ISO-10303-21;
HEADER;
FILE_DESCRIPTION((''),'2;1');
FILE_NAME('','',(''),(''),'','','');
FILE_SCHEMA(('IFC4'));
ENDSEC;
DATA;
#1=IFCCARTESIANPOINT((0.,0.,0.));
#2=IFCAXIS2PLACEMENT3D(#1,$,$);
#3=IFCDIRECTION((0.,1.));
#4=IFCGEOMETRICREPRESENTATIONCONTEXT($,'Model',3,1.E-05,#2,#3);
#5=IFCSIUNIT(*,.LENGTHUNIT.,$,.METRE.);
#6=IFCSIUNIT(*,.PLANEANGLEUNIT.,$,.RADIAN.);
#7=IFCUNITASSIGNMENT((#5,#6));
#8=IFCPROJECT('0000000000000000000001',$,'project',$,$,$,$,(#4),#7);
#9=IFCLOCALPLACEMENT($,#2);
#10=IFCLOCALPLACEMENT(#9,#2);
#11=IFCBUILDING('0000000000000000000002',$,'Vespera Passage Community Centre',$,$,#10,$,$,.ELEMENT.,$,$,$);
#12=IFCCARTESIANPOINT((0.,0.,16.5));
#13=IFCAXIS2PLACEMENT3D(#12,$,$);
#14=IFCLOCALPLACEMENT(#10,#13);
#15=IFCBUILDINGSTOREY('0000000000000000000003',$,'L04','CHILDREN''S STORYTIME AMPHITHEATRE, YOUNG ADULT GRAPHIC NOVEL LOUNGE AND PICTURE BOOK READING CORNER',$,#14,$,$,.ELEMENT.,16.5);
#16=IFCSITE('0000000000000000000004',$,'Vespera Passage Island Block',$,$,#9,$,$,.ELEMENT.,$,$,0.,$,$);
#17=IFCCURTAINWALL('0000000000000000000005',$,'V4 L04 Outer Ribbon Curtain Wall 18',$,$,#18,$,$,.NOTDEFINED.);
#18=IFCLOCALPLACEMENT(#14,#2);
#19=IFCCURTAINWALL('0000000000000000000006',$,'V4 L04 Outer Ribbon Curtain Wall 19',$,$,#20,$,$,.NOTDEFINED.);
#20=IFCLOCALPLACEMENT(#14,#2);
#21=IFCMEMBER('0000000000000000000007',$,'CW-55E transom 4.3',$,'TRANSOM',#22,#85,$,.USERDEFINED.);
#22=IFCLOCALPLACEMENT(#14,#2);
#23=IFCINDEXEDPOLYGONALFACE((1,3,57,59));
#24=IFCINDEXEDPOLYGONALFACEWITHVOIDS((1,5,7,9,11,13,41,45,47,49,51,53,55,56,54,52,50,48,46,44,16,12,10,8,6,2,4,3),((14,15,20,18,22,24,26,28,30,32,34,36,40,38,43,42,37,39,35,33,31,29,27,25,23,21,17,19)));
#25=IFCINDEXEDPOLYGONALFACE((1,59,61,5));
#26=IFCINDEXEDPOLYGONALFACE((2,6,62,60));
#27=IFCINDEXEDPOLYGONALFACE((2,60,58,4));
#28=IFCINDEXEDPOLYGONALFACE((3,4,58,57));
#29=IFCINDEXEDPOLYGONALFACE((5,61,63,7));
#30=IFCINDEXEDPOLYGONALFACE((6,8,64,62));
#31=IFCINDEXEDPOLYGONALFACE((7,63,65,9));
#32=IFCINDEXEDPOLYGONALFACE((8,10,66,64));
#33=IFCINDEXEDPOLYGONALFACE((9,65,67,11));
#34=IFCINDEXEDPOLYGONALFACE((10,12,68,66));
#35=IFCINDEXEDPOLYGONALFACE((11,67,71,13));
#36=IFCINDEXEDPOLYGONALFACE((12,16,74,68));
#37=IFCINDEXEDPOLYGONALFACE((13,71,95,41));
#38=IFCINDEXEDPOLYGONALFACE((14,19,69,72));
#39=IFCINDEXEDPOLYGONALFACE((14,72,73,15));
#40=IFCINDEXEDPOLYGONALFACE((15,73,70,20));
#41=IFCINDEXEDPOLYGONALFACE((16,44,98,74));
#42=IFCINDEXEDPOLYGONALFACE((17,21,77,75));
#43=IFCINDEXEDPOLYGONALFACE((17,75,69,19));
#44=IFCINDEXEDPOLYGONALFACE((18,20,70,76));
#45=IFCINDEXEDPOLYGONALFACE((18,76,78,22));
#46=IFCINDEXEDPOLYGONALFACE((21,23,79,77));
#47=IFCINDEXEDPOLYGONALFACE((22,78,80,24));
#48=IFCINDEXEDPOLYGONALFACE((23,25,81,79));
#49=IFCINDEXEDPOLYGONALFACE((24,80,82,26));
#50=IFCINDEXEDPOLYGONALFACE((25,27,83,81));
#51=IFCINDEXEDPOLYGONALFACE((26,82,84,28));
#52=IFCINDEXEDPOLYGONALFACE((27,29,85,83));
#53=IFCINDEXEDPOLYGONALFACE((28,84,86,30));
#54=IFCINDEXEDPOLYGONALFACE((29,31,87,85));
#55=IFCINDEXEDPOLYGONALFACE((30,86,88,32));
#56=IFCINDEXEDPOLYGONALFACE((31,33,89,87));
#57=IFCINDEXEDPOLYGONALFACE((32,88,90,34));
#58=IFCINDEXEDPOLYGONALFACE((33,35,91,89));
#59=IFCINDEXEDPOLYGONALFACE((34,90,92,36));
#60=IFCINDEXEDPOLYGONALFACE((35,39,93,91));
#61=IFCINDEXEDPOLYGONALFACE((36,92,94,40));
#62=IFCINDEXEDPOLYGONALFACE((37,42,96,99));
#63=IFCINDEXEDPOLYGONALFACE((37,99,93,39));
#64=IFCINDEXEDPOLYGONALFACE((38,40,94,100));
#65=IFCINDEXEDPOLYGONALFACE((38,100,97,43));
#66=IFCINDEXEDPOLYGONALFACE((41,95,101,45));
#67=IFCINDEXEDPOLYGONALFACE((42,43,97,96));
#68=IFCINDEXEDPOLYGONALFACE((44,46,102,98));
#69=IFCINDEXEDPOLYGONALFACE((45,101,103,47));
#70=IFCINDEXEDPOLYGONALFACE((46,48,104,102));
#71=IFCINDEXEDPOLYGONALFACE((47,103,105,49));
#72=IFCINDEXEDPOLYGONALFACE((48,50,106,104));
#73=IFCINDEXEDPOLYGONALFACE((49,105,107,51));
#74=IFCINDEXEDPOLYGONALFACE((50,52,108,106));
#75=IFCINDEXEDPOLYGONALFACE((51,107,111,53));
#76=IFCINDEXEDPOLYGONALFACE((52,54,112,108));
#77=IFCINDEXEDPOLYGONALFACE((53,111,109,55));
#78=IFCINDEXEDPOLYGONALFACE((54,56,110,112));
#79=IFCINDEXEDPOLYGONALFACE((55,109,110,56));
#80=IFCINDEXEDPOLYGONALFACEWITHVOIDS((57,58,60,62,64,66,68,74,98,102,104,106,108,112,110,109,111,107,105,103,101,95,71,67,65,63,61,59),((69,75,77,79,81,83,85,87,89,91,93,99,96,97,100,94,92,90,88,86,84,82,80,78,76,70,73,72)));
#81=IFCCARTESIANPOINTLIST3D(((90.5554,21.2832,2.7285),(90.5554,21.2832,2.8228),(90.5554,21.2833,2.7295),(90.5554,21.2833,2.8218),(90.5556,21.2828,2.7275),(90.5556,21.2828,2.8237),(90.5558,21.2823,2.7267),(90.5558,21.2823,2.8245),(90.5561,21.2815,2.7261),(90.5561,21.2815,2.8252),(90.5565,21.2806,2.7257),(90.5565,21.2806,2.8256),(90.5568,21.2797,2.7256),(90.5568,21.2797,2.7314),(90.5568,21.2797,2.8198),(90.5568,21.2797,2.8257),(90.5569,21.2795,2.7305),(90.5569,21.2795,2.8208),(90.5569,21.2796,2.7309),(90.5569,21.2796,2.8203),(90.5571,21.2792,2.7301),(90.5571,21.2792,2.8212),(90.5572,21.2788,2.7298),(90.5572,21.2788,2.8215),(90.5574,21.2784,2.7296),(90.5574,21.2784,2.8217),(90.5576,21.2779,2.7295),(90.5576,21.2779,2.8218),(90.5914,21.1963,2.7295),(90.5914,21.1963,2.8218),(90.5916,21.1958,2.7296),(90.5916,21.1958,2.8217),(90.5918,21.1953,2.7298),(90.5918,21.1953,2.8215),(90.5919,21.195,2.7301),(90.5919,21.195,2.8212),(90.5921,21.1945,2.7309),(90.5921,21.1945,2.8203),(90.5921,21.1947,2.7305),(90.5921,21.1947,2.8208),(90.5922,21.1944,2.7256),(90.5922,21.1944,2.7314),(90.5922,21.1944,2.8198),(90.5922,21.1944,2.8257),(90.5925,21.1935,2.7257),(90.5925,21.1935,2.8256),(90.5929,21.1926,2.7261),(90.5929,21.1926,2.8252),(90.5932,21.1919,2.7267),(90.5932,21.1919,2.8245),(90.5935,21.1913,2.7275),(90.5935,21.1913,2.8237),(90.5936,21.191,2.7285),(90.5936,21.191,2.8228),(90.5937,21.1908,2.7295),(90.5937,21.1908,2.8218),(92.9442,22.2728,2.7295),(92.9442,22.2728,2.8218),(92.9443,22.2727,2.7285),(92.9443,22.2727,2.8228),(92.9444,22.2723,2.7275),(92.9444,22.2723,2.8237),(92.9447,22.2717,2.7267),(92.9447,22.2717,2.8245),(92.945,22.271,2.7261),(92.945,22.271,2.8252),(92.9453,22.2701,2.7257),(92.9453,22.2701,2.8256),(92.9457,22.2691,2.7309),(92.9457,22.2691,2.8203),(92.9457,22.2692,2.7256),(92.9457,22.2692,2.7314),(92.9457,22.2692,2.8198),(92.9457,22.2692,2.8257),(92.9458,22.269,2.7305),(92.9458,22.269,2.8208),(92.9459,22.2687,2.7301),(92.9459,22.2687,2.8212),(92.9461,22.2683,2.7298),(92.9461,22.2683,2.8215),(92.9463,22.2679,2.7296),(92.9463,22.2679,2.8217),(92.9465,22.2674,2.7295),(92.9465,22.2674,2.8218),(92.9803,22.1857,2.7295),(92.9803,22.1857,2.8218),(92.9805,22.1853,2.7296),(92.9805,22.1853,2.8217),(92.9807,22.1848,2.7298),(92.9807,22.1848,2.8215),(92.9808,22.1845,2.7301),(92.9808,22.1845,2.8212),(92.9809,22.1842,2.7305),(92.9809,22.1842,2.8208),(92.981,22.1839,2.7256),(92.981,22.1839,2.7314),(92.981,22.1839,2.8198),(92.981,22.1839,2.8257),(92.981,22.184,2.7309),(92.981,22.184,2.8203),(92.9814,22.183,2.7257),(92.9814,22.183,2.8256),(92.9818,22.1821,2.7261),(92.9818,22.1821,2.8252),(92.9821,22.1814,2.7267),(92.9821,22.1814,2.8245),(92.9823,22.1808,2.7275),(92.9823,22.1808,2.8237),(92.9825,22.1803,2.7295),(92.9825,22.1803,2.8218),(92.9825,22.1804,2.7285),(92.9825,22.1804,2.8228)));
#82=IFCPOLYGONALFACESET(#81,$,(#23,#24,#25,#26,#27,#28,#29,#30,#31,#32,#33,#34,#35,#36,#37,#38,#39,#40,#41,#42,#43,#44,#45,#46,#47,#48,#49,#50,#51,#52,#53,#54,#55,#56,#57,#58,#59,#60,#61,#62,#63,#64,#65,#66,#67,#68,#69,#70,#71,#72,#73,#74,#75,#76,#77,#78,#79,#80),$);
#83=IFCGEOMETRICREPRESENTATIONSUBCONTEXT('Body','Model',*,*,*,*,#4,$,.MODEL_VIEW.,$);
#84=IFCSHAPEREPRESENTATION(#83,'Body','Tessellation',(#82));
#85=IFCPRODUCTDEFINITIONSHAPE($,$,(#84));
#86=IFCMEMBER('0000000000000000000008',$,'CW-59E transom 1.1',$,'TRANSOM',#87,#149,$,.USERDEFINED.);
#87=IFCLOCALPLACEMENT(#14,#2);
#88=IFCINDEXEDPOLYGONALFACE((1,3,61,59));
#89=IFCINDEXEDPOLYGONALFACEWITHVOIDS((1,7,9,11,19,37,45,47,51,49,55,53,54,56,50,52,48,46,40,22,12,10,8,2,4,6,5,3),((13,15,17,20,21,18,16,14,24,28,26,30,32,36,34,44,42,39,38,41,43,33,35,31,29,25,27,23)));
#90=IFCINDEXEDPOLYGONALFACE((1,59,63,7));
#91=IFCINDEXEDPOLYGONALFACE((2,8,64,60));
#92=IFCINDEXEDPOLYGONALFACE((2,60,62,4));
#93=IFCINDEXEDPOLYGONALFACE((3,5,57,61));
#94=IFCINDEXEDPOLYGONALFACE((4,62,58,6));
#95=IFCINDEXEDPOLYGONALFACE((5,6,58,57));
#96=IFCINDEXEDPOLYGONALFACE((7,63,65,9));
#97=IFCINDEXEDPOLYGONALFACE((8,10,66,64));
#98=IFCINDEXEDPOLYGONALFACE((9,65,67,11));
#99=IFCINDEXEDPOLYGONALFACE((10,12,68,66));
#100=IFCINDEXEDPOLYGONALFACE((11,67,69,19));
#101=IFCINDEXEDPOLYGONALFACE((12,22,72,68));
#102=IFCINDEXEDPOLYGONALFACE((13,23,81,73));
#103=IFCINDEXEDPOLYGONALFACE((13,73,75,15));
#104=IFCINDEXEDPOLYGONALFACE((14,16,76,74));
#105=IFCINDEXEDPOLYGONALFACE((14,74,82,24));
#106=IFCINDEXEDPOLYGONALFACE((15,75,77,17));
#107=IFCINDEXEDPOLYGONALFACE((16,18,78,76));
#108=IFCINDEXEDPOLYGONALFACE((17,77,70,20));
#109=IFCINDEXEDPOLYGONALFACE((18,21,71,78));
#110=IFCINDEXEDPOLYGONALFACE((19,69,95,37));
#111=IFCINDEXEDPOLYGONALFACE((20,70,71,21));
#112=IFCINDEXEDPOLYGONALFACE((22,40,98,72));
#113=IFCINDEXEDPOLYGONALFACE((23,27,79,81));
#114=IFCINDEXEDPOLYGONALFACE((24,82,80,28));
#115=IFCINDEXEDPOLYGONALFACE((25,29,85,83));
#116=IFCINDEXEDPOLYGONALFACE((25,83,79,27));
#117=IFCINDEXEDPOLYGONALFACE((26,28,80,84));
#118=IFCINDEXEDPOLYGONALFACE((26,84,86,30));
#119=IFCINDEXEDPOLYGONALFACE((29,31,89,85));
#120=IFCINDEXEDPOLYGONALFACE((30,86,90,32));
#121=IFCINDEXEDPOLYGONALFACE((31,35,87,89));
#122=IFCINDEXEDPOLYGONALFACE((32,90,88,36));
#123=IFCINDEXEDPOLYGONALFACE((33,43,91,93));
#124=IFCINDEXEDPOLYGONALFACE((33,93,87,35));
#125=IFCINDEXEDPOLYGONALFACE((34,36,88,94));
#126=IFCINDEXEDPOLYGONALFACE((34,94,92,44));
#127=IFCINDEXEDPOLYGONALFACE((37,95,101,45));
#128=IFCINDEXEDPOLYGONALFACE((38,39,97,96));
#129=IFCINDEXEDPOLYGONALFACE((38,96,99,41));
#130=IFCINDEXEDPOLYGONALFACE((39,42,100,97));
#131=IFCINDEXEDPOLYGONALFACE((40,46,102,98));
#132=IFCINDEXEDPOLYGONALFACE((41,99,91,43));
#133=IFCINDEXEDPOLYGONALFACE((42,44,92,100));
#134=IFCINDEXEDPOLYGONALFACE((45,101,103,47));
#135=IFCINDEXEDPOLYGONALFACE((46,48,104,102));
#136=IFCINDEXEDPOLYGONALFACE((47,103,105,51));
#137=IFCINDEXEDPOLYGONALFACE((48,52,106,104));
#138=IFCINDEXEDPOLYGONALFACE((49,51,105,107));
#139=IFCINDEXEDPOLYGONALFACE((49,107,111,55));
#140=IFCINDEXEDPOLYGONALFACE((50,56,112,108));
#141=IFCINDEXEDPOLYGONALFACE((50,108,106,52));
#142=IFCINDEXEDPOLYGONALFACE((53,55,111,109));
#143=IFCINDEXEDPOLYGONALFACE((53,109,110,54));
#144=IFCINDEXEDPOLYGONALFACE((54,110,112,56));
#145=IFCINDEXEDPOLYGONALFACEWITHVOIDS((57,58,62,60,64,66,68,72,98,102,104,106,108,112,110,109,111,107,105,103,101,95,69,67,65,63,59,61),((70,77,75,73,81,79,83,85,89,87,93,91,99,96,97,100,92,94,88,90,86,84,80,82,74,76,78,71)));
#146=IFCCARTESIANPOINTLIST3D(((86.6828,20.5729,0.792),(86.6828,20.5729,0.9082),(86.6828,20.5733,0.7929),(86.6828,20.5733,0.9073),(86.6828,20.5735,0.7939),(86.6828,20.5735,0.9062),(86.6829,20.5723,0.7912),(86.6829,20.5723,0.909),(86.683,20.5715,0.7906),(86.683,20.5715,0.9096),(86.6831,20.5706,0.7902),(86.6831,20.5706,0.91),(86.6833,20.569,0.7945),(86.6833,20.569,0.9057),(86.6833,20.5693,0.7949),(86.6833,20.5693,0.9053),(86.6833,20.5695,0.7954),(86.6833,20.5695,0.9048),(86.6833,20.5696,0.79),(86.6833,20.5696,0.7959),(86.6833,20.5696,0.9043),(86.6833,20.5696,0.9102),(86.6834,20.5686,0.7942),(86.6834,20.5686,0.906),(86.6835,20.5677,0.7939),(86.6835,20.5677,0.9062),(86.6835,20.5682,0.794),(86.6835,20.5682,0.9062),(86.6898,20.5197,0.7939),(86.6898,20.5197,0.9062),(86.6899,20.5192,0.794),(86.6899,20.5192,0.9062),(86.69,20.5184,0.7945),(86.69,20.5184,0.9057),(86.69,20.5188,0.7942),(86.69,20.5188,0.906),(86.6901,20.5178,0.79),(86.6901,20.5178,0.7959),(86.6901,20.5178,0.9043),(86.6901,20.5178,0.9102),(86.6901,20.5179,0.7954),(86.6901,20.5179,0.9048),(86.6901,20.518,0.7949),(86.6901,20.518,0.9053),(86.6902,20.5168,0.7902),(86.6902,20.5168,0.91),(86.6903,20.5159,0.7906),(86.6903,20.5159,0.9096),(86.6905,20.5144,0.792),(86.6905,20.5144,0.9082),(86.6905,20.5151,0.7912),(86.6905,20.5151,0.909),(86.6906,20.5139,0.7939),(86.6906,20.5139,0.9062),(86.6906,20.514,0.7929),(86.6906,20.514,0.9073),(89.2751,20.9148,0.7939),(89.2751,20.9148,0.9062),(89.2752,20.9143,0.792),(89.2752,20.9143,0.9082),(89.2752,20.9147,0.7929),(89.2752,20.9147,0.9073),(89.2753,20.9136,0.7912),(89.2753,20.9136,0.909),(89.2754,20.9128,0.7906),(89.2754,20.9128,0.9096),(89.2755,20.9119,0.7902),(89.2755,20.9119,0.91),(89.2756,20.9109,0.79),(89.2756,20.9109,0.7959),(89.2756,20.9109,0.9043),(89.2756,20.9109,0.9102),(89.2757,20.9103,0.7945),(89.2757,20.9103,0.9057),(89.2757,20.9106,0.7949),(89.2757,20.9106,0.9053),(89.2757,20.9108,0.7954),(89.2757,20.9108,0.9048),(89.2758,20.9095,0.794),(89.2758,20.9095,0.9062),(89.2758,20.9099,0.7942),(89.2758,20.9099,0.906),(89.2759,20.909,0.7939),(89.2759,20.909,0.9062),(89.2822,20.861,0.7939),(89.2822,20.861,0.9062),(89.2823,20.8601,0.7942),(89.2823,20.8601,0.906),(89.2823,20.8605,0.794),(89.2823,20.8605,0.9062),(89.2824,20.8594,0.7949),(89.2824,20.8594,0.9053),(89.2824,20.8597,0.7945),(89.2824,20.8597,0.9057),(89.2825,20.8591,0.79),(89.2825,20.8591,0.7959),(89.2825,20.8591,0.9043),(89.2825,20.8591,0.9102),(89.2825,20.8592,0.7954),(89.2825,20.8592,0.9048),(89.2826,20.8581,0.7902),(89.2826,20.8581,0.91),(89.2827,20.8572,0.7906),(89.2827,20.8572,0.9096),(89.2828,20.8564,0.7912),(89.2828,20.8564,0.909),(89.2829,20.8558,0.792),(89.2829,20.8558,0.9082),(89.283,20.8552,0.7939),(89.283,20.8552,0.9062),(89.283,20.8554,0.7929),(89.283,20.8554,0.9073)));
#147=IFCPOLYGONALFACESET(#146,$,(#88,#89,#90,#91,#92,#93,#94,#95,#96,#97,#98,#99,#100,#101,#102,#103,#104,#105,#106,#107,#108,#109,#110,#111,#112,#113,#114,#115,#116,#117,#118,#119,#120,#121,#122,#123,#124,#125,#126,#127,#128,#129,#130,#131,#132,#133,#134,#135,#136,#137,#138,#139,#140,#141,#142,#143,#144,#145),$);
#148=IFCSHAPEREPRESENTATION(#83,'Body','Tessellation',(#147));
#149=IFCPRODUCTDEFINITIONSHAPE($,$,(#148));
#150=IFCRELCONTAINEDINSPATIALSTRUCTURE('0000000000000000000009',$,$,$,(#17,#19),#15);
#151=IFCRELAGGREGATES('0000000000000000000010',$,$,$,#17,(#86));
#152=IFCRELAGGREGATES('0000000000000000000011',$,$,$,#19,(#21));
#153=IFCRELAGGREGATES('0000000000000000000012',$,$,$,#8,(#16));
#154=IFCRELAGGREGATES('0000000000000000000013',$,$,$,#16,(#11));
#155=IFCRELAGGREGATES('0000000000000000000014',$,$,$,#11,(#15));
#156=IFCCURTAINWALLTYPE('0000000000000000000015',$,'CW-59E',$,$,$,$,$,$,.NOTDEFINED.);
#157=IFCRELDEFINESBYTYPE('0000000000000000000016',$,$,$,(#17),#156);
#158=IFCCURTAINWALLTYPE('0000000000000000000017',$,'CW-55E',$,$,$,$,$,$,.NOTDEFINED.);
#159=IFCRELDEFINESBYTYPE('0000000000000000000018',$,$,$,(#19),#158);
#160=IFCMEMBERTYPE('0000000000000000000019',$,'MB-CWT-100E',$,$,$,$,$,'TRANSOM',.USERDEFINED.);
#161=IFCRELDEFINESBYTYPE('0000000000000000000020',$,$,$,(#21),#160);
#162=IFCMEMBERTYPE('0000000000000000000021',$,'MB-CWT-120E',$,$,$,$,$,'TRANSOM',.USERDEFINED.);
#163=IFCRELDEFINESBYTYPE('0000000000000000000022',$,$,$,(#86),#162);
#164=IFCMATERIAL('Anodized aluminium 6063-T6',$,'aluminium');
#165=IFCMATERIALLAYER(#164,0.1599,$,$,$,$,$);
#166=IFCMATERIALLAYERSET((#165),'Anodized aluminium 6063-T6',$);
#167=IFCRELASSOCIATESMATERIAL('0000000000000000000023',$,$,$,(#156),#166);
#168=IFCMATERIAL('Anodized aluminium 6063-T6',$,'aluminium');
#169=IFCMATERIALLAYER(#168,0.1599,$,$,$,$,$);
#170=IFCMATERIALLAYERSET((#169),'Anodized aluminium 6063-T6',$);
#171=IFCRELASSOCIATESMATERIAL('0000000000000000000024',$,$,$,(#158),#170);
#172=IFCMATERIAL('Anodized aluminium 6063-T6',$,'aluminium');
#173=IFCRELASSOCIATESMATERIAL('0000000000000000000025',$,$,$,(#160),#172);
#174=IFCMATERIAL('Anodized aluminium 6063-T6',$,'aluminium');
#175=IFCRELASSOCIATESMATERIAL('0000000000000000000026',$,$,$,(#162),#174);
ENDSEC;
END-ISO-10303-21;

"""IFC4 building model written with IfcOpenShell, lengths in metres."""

from ifc_helpers import new_model, si_unit, direction, frame, origin, origin_2d, place, context, subcontext, project, spatial, hollow_rectangle, extrude, material, layer, layer_set, material_profile, profile_set, type_object, element, aggregate, save


model = new_model("IFC4")

# Units and contexts
model_context = context("Model", 3, precision=1e-05, world=origin(), true_north=direction((0.0, 1.0)))
body_context = subcontext(model_context, "Body", "Model", "MODEL_VIEW")
ifc_project = project(units=[si_unit("LENGTHUNIT", "METRE"), si_unit("PLANEANGLEUNIT", "RADIAN")], contexts=[model_context])

# Site, building, storey
site_placement = place(None, origin())
site = spatial("IfcSite", under=ifc_project, at=site_placement, Name="Vespera Passage Island Block", CompositionType="ELEMENT", RefElevation=0.0)
building_placement = place(site_placement, origin())
building = spatial("IfcBuilding", under=site, at=building_placement, Name="Vespera Passage Community Centre", CompositionType="ELEMENT")
storey_placement = place(building_placement, frame((0.0, 0.0, 16.5)))
storey = spatial("IfcBuildingStorey", under=building, at=storey_placement, Name="L04", Description="CHILDREN'S STORYTIME AMPHITHEATRE, YOUNG ADULT GRAPHIC NOVEL LOUNGE AND PICTURE BOOK READING CORNER", CompositionType="ELEMENT", Elevation=16.5)

# Curtain wall
ifc_material_1 = material(Name="Anodized aluminium 6063-T6", Category="aluminium")
ifc_layer_1 = layer(ifc_material_1, 0.1599)
ifc_layer_set_1 = layer_set([ifc_layer_1], Name="Anodized aluminium 6063-T6")
curtain_wall_type_1 = type_object("IfcCurtainWallType", Name="CW-59E", PredefinedType="NOTDEFINED", material=ifc_layer_set_1)
curtain_wall_1_placement = place(storey_placement, origin())
curtain_wall_1 = element("IfcCurtainWall", 1, at=curtain_wall_1_placement, inside=storey, type_object=curtain_wall_type_1, Name="V4 L04 Outer Ribbon Curtain Wall 18", PredefinedType="NOTDEFINED")

# Curtain wall, member
ifc_material_2 = material(Name="Anodized aluminium 6063-T6", Category="aluminium")
ifc_layer_2 = layer(ifc_material_2, 0.1599)
ifc_layer_set_2 = layer_set([ifc_layer_2], Name="Anodized aluminium 6063-T6")
curtain_wall_type_2 = type_object("IfcCurtainWallType", Name="CW-55E", PredefinedType="NOTDEFINED", material=ifc_layer_set_2)
curtain_wall_2_placement = place(storey_placement, origin())
curtain_wall_2 = element("IfcCurtainWall", 2, at=curtain_wall_2_placement, inside=storey, type_object=curtain_wall_type_2, Name="V4 L04 Outer Ribbon Curtain Wall 19", PredefinedType="NOTDEFINED")
ifc_material_3 = material(Name="Anodized aluminium 6063-T6", Category="aluminium")
ifc_material_profile_1 = material_profile(ifc_material_3, hollow_rectangle(XDim=0.1001, YDim=0.1001, WallThickness=0.0039, InnerFilletRadius=0.002, OuterFilletRadius=0.0039, at=origin_2d()), Name="ALU100X100X4")
ifc_profile_set_1 = profile_set([ifc_material_profile_1], Name="Anodized aluminium 6063-T6")
member_type_1 = type_object("IfcMemberType", Name="MB-CWT-100E", ElementType="TRANSOM", PredefinedType="USERDEFINED", material=ifc_profile_set_1)
member_1_placement = place(storey_placement, frame((92.9634, 22.2266, 2.7756), z_axis=(-0.923882, -0.382677, 0.0), x_axis=(0.382677, -0.923882, 0.0)))
member_1 = element("IfcMember", 3, at=member_1_placement, type_object=member_type_1, Name="CW-55E transom 4.3", ObjectType="TRANSOM", PredefinedType="USERDEFINED", context=body_context, shape_type="SweptSolid", body=[
    extrude(hollow_rectangle(XDim=0.1001, YDim=0.1001, WallThickness=0.0039, InnerFilletRadius=0.002, OuterFilletRadius=0.0039, at=origin_2d()), origin(), (0.0, 0.0, 1.0), 2.5857),
])

# Member
ifc_material_4 = material(Name="Anodized aluminium 6063-T6", Category="aluminium")
ifc_material_profile_2 = material_profile(ifc_material_4, hollow_rectangle(XDim=0.0601, YDim=0.1201, WallThickness=0.0039, InnerFilletRadius=0.002, OuterFilletRadius=0.0039, at=origin_2d()), Name="ALU120X60X4")
ifc_profile_set_2 = profile_set([ifc_material_profile_2], Name="Anodized aluminium 6063-T6")
member_type_2 = type_object("IfcMemberType", Name="MB-CWT-120E", ElementType="TRANSOM", PredefinedType="USERDEFINED", material=ifc_profile_set_2)
member_2_placement = place(storey_placement, frame((89.2791, 20.885, 0.8501), z_axis=(-0.991443, -0.130537, 0.0), x_axis=(0.130537, -0.991443, 0.0)))
member_2 = element("IfcMember", 4, at=member_2_placement, type_object=member_type_2, Name="CW-59E transom 1.1", ObjectType="TRANSOM", PredefinedType="USERDEFINED", context=body_context, shape_type="SweptSolid", body=[
    extrude(hollow_rectangle(XDim=0.0601, YDim=0.1201, WallThickness=0.0039, InnerFilletRadius=0.002, OuterFilletRadius=0.0039, at=origin_2d()), origin(), (0.0, 0.0, 1.0), 2.6147),
])
aggregate(curtain_wall_1, [member_2])

aggregate(curtain_wall_2, [member_1])

save(model, "model.ifc")
